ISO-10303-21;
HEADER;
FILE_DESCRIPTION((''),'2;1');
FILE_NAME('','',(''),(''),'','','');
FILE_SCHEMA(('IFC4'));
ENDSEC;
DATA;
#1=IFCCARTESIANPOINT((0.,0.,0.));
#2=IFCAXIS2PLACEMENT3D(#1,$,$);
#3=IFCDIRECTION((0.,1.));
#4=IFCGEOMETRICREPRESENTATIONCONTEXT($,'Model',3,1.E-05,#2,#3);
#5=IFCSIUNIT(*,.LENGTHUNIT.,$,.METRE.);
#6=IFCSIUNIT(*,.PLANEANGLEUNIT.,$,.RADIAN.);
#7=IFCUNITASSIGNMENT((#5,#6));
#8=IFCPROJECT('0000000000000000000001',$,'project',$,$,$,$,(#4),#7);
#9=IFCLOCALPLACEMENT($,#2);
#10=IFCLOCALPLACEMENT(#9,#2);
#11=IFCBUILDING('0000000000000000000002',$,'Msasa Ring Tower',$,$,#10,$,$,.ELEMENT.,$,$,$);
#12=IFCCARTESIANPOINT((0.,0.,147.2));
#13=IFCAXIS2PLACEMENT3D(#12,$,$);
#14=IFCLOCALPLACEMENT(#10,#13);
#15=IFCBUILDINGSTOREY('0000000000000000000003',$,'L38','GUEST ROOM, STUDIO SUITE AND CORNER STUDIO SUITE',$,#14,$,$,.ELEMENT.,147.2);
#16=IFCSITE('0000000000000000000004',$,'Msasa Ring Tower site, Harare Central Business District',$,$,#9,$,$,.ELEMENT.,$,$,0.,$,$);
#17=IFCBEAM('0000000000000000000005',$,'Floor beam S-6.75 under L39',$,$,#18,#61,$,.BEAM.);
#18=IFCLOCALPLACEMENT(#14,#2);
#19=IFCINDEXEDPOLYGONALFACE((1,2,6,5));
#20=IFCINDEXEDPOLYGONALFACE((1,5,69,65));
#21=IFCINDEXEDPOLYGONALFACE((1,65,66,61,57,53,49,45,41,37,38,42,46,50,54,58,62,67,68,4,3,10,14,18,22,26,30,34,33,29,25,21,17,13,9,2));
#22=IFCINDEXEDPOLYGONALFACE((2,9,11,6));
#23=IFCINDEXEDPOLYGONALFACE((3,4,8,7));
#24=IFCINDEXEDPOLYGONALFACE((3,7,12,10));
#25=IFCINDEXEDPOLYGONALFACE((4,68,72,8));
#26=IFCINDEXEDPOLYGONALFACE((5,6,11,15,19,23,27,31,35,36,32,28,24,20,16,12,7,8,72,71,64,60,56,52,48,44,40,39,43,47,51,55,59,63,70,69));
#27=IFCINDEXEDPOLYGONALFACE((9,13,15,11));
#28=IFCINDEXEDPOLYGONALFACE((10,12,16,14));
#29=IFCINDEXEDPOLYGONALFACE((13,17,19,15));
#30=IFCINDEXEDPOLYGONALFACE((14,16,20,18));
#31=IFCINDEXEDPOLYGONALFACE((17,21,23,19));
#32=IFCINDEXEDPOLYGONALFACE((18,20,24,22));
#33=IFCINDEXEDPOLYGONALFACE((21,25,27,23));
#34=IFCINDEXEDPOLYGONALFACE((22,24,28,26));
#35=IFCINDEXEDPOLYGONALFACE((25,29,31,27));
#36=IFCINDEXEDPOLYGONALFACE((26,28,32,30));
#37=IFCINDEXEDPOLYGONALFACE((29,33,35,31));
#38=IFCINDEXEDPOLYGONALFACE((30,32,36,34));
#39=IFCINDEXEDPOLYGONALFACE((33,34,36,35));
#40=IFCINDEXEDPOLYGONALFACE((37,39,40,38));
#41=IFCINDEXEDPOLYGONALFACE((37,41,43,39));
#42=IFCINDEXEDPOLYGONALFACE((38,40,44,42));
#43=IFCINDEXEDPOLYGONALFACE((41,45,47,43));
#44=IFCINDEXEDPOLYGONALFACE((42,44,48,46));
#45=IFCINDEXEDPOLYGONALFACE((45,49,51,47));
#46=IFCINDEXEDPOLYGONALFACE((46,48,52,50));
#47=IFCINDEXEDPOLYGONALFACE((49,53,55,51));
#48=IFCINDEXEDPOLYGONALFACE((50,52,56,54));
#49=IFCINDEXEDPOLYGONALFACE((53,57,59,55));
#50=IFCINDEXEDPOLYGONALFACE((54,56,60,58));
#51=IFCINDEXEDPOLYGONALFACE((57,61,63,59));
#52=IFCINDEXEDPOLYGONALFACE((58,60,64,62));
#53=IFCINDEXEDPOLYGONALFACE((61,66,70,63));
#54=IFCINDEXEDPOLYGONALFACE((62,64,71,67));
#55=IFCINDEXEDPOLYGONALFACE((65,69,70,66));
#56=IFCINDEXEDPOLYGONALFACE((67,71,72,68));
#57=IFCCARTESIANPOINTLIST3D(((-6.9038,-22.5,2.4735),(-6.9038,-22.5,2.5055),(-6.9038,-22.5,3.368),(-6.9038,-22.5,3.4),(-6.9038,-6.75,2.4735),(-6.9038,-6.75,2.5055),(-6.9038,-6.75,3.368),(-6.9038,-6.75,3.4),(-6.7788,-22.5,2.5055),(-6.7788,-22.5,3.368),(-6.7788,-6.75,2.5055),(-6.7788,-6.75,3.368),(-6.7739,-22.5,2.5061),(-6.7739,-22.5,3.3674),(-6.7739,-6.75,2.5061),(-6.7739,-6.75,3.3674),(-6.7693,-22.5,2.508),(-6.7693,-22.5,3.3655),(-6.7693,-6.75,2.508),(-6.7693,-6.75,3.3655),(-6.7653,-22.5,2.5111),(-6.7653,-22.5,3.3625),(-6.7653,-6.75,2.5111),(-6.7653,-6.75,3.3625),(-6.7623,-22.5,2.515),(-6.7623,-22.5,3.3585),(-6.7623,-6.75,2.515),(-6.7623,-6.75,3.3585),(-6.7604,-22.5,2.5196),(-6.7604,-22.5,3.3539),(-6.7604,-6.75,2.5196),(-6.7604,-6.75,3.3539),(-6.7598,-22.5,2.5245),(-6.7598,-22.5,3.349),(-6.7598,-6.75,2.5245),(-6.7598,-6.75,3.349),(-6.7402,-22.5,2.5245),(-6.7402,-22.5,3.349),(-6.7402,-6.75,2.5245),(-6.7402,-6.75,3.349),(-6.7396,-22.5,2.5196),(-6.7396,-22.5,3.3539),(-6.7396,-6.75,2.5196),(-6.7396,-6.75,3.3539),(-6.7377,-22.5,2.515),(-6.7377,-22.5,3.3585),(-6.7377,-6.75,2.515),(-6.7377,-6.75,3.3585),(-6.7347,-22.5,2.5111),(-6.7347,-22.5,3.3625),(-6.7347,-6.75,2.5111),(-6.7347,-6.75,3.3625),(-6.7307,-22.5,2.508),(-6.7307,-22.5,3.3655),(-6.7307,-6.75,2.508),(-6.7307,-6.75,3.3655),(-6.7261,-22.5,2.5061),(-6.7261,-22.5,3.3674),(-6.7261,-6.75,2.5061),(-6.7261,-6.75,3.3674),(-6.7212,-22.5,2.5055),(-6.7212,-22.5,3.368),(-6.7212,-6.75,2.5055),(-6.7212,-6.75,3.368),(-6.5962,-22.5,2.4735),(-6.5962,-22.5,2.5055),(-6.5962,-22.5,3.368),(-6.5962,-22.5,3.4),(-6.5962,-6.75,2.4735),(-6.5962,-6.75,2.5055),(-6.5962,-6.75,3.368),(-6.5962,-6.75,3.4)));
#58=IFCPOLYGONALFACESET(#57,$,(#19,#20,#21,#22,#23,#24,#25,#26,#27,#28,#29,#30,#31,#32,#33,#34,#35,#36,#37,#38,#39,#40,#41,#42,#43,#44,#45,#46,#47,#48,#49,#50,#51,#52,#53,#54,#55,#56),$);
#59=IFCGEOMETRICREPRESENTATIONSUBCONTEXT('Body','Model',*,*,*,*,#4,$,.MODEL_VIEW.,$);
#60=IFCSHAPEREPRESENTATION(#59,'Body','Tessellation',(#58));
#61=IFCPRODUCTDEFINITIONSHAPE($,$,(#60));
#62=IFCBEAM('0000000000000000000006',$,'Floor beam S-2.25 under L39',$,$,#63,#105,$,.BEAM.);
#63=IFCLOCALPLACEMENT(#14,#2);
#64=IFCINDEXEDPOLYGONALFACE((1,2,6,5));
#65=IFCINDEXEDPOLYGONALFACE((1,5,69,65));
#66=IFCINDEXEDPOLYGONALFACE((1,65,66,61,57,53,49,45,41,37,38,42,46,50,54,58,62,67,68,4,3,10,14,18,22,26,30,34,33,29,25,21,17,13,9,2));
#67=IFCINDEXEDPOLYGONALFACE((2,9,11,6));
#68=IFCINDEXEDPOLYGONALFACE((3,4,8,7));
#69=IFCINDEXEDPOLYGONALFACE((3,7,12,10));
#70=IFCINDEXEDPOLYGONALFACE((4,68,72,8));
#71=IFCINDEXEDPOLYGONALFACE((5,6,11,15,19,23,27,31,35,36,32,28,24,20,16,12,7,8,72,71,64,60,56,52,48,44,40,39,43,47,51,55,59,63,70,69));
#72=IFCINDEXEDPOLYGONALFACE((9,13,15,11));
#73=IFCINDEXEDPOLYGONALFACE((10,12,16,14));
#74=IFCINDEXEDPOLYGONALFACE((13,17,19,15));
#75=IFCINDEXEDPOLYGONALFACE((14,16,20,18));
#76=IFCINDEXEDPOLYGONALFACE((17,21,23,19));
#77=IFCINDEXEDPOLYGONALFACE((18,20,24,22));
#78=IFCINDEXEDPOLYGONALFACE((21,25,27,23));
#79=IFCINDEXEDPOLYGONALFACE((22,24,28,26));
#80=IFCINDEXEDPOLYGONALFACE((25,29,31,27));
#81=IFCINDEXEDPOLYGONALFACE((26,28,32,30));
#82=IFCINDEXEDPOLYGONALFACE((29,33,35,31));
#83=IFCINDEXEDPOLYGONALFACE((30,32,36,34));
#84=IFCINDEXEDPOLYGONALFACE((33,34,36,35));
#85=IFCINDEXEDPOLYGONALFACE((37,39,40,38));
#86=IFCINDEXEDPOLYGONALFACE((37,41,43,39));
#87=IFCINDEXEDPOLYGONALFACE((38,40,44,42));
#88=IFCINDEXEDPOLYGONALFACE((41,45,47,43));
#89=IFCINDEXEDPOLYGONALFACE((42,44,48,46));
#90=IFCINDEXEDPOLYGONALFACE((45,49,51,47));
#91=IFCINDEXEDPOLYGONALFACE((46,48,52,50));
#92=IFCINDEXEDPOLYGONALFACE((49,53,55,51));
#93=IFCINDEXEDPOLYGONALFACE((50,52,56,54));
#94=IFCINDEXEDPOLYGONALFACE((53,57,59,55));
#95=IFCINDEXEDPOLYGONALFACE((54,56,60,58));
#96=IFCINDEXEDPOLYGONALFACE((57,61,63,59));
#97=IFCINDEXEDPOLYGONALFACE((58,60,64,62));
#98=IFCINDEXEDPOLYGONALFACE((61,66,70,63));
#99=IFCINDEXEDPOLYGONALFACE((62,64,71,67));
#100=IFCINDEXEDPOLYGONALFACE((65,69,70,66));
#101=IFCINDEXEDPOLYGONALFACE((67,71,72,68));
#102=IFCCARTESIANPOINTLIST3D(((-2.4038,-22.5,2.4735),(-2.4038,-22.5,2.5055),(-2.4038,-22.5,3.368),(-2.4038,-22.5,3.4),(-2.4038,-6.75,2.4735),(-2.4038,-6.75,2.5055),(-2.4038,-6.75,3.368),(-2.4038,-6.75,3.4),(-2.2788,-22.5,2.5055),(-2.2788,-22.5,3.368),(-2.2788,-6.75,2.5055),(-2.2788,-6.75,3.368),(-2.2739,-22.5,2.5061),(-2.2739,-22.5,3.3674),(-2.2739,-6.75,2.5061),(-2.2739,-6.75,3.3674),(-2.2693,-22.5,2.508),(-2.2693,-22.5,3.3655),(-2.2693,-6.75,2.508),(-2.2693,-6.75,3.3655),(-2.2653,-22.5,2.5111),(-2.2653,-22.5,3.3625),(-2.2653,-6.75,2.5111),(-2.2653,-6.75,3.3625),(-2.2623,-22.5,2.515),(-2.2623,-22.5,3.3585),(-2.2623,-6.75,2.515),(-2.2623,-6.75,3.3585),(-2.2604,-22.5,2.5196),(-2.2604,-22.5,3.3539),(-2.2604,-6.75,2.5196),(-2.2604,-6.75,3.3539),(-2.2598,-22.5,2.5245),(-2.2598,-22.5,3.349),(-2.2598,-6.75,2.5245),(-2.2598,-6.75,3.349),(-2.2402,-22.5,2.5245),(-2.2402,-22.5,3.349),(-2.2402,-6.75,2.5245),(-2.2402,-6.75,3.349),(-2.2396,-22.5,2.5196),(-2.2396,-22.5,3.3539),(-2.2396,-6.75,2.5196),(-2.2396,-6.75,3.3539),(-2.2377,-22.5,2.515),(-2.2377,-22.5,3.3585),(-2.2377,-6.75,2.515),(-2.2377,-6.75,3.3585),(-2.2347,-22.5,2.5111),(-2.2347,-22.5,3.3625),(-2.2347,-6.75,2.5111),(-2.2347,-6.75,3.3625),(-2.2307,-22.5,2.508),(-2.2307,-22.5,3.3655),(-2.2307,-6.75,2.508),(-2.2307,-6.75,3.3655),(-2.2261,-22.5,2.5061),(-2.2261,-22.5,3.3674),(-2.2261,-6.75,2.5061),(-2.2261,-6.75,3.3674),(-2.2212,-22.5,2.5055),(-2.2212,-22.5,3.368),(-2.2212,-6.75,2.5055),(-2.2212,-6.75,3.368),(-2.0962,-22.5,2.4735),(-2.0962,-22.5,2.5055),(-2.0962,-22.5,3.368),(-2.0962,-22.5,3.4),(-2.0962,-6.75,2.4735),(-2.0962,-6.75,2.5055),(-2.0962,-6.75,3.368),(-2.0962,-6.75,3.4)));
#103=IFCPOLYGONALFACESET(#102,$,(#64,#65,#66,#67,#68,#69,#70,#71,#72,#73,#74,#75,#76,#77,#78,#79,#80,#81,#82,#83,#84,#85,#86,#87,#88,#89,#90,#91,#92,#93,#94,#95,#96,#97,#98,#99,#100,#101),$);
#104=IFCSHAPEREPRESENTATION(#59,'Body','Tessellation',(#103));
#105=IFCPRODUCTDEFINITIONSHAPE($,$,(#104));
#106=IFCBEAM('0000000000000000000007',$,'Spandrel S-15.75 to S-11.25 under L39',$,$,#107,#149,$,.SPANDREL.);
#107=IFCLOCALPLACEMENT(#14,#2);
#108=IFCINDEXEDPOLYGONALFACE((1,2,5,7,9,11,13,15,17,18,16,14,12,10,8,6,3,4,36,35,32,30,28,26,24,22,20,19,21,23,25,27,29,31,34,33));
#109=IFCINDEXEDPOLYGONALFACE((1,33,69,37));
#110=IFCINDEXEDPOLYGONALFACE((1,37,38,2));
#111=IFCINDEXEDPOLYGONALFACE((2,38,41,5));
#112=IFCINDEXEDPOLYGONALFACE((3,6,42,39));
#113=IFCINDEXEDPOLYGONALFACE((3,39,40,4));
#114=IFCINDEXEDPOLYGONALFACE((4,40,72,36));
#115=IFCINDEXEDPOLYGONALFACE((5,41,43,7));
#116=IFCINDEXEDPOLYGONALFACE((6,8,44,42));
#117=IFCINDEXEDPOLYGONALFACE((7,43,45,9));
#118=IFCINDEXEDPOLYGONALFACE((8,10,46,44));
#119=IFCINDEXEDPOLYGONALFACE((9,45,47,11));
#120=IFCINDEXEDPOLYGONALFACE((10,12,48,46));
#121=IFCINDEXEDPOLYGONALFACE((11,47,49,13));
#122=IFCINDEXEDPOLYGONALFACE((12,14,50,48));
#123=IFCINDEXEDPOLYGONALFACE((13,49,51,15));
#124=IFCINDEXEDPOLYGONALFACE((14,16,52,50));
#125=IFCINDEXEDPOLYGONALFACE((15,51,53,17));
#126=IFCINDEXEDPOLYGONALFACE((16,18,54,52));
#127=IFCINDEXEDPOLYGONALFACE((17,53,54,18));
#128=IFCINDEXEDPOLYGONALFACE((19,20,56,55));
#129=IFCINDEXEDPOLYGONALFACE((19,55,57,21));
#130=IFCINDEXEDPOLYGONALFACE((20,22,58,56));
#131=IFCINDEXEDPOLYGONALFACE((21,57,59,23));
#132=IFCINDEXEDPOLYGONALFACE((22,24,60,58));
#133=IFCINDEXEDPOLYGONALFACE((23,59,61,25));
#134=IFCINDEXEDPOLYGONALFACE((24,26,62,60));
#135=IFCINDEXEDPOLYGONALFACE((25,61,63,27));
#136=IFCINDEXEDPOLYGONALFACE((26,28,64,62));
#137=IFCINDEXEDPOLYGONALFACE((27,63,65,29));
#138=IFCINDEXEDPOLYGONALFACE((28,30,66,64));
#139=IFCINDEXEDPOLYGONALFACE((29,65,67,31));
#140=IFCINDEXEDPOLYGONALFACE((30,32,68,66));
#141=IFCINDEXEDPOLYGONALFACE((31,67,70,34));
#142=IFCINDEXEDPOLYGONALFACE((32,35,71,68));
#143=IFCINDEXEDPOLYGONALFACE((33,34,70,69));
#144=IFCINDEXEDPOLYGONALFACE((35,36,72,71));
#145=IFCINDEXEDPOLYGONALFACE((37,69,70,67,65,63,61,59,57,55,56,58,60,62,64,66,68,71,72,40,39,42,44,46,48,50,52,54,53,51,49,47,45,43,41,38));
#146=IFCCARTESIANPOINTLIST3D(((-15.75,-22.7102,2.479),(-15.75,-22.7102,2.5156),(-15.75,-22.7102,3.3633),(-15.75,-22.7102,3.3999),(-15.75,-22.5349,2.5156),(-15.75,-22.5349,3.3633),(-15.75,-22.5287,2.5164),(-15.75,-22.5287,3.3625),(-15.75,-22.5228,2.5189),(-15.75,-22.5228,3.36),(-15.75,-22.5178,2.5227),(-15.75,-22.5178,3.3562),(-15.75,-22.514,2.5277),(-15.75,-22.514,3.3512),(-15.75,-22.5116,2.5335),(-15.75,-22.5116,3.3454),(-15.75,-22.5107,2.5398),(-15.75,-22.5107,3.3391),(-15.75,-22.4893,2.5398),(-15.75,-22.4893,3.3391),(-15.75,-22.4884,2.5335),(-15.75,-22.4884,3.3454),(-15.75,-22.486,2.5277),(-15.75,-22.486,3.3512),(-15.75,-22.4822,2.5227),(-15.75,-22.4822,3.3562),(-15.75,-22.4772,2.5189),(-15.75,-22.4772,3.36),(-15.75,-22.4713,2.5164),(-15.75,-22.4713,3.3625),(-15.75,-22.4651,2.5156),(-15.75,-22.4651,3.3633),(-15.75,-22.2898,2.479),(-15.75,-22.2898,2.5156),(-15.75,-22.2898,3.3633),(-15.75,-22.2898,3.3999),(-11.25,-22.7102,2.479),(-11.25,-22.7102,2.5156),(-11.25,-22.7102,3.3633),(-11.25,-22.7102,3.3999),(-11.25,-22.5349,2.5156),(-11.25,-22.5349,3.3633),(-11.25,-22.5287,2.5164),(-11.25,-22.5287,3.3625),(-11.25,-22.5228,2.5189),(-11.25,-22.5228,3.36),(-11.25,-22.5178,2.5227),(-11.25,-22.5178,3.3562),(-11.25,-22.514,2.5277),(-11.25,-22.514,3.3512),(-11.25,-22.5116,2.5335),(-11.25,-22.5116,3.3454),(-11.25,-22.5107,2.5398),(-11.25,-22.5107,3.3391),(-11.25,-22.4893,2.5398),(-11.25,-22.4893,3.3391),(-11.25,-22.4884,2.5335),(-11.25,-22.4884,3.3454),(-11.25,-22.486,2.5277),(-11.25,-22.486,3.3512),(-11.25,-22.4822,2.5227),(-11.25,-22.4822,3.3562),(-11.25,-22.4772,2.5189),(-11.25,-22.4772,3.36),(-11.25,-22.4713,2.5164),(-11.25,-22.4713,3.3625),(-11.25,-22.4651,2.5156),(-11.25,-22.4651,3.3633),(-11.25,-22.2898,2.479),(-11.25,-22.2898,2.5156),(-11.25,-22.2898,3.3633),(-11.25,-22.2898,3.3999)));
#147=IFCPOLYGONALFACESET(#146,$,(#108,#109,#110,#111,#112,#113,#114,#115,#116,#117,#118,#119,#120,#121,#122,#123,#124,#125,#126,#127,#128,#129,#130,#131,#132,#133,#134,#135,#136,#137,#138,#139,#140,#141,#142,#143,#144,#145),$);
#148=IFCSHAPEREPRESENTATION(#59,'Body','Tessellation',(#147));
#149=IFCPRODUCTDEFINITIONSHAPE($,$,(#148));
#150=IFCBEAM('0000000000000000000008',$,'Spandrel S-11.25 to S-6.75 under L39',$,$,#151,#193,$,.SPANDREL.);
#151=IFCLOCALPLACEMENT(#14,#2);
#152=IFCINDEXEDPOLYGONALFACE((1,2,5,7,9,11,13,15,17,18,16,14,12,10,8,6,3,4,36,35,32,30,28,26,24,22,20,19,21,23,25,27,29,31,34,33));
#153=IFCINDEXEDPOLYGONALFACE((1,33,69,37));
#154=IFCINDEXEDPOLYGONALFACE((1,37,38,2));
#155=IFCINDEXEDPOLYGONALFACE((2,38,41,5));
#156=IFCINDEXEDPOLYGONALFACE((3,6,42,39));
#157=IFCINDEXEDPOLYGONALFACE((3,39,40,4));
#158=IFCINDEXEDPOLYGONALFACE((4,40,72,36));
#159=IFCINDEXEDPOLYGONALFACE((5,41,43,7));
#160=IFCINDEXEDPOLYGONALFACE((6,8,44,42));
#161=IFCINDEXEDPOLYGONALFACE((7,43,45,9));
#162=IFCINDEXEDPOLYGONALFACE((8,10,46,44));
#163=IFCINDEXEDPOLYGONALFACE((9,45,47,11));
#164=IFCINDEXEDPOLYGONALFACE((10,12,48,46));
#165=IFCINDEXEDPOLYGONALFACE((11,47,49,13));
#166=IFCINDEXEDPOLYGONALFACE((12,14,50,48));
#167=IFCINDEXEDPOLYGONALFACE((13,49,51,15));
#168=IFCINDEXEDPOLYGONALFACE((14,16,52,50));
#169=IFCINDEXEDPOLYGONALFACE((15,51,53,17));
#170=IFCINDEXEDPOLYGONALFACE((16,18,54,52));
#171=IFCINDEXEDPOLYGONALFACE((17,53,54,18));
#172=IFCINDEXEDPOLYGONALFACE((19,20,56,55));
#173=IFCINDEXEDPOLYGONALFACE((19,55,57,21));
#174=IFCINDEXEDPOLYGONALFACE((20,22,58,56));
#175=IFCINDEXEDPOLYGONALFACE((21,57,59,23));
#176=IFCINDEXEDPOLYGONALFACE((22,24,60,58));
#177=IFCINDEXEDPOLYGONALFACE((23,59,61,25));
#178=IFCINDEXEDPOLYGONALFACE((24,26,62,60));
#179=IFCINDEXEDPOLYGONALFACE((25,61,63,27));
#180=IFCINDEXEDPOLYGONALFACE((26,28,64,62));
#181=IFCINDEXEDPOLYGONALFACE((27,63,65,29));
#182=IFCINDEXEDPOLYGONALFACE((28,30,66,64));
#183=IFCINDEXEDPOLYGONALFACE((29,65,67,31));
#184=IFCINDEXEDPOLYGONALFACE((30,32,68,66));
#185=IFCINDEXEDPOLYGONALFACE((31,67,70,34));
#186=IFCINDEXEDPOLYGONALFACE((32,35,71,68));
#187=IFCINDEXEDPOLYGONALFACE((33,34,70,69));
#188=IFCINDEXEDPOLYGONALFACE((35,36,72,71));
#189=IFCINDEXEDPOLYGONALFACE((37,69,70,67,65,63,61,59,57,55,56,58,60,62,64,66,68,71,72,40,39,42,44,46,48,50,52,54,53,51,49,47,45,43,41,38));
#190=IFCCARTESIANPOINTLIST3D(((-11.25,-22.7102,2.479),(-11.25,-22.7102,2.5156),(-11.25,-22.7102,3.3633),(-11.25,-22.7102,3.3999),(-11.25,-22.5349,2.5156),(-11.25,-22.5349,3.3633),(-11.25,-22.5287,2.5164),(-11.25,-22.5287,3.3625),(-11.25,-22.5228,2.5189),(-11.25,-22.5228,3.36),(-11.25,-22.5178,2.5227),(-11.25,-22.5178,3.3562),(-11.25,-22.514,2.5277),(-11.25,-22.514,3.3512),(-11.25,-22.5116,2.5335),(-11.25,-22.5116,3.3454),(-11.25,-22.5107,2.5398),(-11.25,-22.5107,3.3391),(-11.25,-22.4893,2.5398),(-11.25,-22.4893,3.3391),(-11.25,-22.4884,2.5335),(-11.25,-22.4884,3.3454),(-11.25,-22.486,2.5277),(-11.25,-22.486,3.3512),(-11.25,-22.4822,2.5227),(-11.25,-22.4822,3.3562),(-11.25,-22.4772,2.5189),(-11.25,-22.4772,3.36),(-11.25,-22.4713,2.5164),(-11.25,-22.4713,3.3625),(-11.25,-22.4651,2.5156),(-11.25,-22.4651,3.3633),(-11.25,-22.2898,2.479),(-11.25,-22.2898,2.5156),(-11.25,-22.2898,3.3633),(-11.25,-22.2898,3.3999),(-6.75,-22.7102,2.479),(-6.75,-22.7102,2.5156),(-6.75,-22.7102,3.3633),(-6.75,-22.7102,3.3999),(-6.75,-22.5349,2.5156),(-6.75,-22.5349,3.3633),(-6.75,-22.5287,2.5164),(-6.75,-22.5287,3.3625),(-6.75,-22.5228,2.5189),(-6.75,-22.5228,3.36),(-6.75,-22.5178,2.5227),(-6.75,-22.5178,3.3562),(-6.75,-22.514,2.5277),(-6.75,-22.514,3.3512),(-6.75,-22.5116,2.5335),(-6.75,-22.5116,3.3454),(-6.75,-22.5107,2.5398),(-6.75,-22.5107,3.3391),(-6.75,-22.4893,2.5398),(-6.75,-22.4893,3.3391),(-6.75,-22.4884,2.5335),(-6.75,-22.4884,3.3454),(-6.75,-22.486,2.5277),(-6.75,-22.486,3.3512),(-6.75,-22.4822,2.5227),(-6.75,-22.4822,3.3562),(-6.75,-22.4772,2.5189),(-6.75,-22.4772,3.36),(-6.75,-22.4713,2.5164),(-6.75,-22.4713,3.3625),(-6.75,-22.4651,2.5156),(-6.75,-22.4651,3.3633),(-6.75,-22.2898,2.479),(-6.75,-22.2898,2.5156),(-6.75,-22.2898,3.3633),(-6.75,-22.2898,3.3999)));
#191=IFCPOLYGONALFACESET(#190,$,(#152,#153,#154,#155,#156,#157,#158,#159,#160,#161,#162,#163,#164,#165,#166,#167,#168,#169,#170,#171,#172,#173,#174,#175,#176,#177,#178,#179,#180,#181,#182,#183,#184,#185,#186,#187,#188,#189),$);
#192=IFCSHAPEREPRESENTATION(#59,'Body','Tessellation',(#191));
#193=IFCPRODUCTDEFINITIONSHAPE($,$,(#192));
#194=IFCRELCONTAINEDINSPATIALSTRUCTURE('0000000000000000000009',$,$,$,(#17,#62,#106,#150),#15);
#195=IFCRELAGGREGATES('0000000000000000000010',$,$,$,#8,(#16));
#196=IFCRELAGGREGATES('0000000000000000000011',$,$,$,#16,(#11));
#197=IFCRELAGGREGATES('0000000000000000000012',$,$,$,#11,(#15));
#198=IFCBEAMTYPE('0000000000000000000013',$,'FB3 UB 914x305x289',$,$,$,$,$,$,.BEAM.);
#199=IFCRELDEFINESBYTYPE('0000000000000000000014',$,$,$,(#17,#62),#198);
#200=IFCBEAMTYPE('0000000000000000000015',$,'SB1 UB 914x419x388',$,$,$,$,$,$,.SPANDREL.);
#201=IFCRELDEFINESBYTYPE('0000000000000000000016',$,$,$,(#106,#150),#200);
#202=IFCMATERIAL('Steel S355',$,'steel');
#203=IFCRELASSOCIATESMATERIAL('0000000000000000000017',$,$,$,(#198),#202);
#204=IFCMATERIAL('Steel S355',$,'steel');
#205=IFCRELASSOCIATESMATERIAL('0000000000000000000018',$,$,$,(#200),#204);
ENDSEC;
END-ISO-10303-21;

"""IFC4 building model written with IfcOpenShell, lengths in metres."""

from ifc_helpers import new_model, si_unit, direction, frame, origin, origin_2d, place, context, subcontext, project, spatial, i_section, extrude, material, material_profile, profile_set, type_object, element, save


model = new_model("IFC4")

# Units and contexts
model_context = context("Model", 3, precision=1e-05, world=origin(), true_north=direction((0.0, 1.0)))
body_context = subcontext(model_context, "Body", "Model", "MODEL_VIEW")
ifc_project = project(units=[si_unit("LENGTHUNIT", "METRE"), si_unit("PLANEANGLEUNIT", "RADIAN")], contexts=[model_context])

# Site, building, storey
site_placement = place(None, origin())
site = spatial("IfcSite", under=ifc_project, at=site_placement, Name="Msasa Ring Tower site, Harare Central Business District", CompositionType="ELEMENT", RefElevation=0.0)
building_placement = place(site_placement, origin())
building = spatial("IfcBuilding", under=site, at=building_placement, Name="Msasa Ring Tower", CompositionType="ELEMENT")
storey_placement = place(building_placement, frame((0.0, 0.0, 147.2)))
storey = spatial("IfcBuildingStorey", under=building, at=storey_placement, Name="L38", Description="GUEST ROOM, STUDIO SUITE AND CORNER STUDIO SUITE", CompositionType="ELEMENT", Elevation=147.2)

# Beams
ifc_material_1 = material(Name="Steel S355", Category="steel")
ifc_material_profile_1 = material_profile(ifc_material_1, i_section(OverallWidth=0.3076, OverallDepth=0.9265, WebThickness=0.0195, FlangeThickness=0.032, FilletRadius=0.019, at=origin_2d()), Name="UB 914x305x289")
ifc_profile_set_1 = profile_set([ifc_material_profile_1], Name="Steel S355")
beam_type_1 = type_object("IfcBeamType", Name="FB3 UB 914x305x289", PredefinedType="BEAM", material=ifc_profile_set_1)
for number, where, z_axis, x_axis, name in (
    (1, (-6.75, -22.5, 2.9368), (0.0, 1.0, 0.0), (-1.0, 0.0, 0.0), "Floor beam S-6.75 under L39"),
    (2, (-2.25, -22.5, 2.9368), (0.0, 1.0, 0.0), (-1.0, 0.0, 0.0), "Floor beam S-2.25 under L39"),
):
    element("IfcBeam", number, at=place(storey_placement, frame(where, z_axis=z_axis, x_axis=x_axis)), inside=storey, type_object=beam_type_1, Name=name, PredefinedType="BEAM", context=body_context, shape_type="SweptSolid", body=[
        extrude(i_section(OverallWidth=0.3076, OverallDepth=0.9265, WebThickness=0.0195, FlangeThickness=0.032, FilletRadius=0.019, at=origin_2d()), origin(), (0.0, 0.0, 1.0), 15.75),
    ])
ifc_material_2 = material(Name="Steel S355", Category="steel")
ifc_material_profile_2 = material_profile(ifc_material_2, i_section(OverallWidth=0.4204, OverallDepth=0.9209, WebThickness=0.0215, FlangeThickness=0.0366, FilletRadius=0.0242, at=origin_2d()), Name="UB 914x419x388")
ifc_profile_set_2 = profile_set([ifc_material_profile_2], Name="Steel S355")
beam_type_2 = type_object("IfcBeamType", Name="SB1 UB 914x419x388", PredefinedType="SPANDREL", material=ifc_profile_set_2)
for number, where, z_axis, x_axis, name in (
    (3, (-15.75, -22.5, 2.9395), (1.0, 0.0, 0.0), (0.0, 1.0, 0.0), "Spandrel S-15.75 to S-11.25 under L39"),
    (4, (-11.25, -22.5, 2.9395), (1.0, 0.0, 0.0), (0.0, 1.0, 0.0), "Spandrel S-11.25 to S-6.75 under L39"),
):
    element("IfcBeam", number, at=place(storey_placement, frame(where, z_axis=z_axis, x_axis=x_axis)), inside=storey, type_object=beam_type_2, Name=name, PredefinedType="SPANDREL", context=body_context, shape_type="SweptSolid", body=[
        extrude(i_section(OverallWidth=0.4204, OverallDepth=0.9209, WebThickness=0.0215, FlangeThickness=0.0366, FilletRadius=0.0242, at=origin_2d()), origin(), (0.0, 0.0, 1.0), 4.5),
    ])

save(model, "model.ifc")
